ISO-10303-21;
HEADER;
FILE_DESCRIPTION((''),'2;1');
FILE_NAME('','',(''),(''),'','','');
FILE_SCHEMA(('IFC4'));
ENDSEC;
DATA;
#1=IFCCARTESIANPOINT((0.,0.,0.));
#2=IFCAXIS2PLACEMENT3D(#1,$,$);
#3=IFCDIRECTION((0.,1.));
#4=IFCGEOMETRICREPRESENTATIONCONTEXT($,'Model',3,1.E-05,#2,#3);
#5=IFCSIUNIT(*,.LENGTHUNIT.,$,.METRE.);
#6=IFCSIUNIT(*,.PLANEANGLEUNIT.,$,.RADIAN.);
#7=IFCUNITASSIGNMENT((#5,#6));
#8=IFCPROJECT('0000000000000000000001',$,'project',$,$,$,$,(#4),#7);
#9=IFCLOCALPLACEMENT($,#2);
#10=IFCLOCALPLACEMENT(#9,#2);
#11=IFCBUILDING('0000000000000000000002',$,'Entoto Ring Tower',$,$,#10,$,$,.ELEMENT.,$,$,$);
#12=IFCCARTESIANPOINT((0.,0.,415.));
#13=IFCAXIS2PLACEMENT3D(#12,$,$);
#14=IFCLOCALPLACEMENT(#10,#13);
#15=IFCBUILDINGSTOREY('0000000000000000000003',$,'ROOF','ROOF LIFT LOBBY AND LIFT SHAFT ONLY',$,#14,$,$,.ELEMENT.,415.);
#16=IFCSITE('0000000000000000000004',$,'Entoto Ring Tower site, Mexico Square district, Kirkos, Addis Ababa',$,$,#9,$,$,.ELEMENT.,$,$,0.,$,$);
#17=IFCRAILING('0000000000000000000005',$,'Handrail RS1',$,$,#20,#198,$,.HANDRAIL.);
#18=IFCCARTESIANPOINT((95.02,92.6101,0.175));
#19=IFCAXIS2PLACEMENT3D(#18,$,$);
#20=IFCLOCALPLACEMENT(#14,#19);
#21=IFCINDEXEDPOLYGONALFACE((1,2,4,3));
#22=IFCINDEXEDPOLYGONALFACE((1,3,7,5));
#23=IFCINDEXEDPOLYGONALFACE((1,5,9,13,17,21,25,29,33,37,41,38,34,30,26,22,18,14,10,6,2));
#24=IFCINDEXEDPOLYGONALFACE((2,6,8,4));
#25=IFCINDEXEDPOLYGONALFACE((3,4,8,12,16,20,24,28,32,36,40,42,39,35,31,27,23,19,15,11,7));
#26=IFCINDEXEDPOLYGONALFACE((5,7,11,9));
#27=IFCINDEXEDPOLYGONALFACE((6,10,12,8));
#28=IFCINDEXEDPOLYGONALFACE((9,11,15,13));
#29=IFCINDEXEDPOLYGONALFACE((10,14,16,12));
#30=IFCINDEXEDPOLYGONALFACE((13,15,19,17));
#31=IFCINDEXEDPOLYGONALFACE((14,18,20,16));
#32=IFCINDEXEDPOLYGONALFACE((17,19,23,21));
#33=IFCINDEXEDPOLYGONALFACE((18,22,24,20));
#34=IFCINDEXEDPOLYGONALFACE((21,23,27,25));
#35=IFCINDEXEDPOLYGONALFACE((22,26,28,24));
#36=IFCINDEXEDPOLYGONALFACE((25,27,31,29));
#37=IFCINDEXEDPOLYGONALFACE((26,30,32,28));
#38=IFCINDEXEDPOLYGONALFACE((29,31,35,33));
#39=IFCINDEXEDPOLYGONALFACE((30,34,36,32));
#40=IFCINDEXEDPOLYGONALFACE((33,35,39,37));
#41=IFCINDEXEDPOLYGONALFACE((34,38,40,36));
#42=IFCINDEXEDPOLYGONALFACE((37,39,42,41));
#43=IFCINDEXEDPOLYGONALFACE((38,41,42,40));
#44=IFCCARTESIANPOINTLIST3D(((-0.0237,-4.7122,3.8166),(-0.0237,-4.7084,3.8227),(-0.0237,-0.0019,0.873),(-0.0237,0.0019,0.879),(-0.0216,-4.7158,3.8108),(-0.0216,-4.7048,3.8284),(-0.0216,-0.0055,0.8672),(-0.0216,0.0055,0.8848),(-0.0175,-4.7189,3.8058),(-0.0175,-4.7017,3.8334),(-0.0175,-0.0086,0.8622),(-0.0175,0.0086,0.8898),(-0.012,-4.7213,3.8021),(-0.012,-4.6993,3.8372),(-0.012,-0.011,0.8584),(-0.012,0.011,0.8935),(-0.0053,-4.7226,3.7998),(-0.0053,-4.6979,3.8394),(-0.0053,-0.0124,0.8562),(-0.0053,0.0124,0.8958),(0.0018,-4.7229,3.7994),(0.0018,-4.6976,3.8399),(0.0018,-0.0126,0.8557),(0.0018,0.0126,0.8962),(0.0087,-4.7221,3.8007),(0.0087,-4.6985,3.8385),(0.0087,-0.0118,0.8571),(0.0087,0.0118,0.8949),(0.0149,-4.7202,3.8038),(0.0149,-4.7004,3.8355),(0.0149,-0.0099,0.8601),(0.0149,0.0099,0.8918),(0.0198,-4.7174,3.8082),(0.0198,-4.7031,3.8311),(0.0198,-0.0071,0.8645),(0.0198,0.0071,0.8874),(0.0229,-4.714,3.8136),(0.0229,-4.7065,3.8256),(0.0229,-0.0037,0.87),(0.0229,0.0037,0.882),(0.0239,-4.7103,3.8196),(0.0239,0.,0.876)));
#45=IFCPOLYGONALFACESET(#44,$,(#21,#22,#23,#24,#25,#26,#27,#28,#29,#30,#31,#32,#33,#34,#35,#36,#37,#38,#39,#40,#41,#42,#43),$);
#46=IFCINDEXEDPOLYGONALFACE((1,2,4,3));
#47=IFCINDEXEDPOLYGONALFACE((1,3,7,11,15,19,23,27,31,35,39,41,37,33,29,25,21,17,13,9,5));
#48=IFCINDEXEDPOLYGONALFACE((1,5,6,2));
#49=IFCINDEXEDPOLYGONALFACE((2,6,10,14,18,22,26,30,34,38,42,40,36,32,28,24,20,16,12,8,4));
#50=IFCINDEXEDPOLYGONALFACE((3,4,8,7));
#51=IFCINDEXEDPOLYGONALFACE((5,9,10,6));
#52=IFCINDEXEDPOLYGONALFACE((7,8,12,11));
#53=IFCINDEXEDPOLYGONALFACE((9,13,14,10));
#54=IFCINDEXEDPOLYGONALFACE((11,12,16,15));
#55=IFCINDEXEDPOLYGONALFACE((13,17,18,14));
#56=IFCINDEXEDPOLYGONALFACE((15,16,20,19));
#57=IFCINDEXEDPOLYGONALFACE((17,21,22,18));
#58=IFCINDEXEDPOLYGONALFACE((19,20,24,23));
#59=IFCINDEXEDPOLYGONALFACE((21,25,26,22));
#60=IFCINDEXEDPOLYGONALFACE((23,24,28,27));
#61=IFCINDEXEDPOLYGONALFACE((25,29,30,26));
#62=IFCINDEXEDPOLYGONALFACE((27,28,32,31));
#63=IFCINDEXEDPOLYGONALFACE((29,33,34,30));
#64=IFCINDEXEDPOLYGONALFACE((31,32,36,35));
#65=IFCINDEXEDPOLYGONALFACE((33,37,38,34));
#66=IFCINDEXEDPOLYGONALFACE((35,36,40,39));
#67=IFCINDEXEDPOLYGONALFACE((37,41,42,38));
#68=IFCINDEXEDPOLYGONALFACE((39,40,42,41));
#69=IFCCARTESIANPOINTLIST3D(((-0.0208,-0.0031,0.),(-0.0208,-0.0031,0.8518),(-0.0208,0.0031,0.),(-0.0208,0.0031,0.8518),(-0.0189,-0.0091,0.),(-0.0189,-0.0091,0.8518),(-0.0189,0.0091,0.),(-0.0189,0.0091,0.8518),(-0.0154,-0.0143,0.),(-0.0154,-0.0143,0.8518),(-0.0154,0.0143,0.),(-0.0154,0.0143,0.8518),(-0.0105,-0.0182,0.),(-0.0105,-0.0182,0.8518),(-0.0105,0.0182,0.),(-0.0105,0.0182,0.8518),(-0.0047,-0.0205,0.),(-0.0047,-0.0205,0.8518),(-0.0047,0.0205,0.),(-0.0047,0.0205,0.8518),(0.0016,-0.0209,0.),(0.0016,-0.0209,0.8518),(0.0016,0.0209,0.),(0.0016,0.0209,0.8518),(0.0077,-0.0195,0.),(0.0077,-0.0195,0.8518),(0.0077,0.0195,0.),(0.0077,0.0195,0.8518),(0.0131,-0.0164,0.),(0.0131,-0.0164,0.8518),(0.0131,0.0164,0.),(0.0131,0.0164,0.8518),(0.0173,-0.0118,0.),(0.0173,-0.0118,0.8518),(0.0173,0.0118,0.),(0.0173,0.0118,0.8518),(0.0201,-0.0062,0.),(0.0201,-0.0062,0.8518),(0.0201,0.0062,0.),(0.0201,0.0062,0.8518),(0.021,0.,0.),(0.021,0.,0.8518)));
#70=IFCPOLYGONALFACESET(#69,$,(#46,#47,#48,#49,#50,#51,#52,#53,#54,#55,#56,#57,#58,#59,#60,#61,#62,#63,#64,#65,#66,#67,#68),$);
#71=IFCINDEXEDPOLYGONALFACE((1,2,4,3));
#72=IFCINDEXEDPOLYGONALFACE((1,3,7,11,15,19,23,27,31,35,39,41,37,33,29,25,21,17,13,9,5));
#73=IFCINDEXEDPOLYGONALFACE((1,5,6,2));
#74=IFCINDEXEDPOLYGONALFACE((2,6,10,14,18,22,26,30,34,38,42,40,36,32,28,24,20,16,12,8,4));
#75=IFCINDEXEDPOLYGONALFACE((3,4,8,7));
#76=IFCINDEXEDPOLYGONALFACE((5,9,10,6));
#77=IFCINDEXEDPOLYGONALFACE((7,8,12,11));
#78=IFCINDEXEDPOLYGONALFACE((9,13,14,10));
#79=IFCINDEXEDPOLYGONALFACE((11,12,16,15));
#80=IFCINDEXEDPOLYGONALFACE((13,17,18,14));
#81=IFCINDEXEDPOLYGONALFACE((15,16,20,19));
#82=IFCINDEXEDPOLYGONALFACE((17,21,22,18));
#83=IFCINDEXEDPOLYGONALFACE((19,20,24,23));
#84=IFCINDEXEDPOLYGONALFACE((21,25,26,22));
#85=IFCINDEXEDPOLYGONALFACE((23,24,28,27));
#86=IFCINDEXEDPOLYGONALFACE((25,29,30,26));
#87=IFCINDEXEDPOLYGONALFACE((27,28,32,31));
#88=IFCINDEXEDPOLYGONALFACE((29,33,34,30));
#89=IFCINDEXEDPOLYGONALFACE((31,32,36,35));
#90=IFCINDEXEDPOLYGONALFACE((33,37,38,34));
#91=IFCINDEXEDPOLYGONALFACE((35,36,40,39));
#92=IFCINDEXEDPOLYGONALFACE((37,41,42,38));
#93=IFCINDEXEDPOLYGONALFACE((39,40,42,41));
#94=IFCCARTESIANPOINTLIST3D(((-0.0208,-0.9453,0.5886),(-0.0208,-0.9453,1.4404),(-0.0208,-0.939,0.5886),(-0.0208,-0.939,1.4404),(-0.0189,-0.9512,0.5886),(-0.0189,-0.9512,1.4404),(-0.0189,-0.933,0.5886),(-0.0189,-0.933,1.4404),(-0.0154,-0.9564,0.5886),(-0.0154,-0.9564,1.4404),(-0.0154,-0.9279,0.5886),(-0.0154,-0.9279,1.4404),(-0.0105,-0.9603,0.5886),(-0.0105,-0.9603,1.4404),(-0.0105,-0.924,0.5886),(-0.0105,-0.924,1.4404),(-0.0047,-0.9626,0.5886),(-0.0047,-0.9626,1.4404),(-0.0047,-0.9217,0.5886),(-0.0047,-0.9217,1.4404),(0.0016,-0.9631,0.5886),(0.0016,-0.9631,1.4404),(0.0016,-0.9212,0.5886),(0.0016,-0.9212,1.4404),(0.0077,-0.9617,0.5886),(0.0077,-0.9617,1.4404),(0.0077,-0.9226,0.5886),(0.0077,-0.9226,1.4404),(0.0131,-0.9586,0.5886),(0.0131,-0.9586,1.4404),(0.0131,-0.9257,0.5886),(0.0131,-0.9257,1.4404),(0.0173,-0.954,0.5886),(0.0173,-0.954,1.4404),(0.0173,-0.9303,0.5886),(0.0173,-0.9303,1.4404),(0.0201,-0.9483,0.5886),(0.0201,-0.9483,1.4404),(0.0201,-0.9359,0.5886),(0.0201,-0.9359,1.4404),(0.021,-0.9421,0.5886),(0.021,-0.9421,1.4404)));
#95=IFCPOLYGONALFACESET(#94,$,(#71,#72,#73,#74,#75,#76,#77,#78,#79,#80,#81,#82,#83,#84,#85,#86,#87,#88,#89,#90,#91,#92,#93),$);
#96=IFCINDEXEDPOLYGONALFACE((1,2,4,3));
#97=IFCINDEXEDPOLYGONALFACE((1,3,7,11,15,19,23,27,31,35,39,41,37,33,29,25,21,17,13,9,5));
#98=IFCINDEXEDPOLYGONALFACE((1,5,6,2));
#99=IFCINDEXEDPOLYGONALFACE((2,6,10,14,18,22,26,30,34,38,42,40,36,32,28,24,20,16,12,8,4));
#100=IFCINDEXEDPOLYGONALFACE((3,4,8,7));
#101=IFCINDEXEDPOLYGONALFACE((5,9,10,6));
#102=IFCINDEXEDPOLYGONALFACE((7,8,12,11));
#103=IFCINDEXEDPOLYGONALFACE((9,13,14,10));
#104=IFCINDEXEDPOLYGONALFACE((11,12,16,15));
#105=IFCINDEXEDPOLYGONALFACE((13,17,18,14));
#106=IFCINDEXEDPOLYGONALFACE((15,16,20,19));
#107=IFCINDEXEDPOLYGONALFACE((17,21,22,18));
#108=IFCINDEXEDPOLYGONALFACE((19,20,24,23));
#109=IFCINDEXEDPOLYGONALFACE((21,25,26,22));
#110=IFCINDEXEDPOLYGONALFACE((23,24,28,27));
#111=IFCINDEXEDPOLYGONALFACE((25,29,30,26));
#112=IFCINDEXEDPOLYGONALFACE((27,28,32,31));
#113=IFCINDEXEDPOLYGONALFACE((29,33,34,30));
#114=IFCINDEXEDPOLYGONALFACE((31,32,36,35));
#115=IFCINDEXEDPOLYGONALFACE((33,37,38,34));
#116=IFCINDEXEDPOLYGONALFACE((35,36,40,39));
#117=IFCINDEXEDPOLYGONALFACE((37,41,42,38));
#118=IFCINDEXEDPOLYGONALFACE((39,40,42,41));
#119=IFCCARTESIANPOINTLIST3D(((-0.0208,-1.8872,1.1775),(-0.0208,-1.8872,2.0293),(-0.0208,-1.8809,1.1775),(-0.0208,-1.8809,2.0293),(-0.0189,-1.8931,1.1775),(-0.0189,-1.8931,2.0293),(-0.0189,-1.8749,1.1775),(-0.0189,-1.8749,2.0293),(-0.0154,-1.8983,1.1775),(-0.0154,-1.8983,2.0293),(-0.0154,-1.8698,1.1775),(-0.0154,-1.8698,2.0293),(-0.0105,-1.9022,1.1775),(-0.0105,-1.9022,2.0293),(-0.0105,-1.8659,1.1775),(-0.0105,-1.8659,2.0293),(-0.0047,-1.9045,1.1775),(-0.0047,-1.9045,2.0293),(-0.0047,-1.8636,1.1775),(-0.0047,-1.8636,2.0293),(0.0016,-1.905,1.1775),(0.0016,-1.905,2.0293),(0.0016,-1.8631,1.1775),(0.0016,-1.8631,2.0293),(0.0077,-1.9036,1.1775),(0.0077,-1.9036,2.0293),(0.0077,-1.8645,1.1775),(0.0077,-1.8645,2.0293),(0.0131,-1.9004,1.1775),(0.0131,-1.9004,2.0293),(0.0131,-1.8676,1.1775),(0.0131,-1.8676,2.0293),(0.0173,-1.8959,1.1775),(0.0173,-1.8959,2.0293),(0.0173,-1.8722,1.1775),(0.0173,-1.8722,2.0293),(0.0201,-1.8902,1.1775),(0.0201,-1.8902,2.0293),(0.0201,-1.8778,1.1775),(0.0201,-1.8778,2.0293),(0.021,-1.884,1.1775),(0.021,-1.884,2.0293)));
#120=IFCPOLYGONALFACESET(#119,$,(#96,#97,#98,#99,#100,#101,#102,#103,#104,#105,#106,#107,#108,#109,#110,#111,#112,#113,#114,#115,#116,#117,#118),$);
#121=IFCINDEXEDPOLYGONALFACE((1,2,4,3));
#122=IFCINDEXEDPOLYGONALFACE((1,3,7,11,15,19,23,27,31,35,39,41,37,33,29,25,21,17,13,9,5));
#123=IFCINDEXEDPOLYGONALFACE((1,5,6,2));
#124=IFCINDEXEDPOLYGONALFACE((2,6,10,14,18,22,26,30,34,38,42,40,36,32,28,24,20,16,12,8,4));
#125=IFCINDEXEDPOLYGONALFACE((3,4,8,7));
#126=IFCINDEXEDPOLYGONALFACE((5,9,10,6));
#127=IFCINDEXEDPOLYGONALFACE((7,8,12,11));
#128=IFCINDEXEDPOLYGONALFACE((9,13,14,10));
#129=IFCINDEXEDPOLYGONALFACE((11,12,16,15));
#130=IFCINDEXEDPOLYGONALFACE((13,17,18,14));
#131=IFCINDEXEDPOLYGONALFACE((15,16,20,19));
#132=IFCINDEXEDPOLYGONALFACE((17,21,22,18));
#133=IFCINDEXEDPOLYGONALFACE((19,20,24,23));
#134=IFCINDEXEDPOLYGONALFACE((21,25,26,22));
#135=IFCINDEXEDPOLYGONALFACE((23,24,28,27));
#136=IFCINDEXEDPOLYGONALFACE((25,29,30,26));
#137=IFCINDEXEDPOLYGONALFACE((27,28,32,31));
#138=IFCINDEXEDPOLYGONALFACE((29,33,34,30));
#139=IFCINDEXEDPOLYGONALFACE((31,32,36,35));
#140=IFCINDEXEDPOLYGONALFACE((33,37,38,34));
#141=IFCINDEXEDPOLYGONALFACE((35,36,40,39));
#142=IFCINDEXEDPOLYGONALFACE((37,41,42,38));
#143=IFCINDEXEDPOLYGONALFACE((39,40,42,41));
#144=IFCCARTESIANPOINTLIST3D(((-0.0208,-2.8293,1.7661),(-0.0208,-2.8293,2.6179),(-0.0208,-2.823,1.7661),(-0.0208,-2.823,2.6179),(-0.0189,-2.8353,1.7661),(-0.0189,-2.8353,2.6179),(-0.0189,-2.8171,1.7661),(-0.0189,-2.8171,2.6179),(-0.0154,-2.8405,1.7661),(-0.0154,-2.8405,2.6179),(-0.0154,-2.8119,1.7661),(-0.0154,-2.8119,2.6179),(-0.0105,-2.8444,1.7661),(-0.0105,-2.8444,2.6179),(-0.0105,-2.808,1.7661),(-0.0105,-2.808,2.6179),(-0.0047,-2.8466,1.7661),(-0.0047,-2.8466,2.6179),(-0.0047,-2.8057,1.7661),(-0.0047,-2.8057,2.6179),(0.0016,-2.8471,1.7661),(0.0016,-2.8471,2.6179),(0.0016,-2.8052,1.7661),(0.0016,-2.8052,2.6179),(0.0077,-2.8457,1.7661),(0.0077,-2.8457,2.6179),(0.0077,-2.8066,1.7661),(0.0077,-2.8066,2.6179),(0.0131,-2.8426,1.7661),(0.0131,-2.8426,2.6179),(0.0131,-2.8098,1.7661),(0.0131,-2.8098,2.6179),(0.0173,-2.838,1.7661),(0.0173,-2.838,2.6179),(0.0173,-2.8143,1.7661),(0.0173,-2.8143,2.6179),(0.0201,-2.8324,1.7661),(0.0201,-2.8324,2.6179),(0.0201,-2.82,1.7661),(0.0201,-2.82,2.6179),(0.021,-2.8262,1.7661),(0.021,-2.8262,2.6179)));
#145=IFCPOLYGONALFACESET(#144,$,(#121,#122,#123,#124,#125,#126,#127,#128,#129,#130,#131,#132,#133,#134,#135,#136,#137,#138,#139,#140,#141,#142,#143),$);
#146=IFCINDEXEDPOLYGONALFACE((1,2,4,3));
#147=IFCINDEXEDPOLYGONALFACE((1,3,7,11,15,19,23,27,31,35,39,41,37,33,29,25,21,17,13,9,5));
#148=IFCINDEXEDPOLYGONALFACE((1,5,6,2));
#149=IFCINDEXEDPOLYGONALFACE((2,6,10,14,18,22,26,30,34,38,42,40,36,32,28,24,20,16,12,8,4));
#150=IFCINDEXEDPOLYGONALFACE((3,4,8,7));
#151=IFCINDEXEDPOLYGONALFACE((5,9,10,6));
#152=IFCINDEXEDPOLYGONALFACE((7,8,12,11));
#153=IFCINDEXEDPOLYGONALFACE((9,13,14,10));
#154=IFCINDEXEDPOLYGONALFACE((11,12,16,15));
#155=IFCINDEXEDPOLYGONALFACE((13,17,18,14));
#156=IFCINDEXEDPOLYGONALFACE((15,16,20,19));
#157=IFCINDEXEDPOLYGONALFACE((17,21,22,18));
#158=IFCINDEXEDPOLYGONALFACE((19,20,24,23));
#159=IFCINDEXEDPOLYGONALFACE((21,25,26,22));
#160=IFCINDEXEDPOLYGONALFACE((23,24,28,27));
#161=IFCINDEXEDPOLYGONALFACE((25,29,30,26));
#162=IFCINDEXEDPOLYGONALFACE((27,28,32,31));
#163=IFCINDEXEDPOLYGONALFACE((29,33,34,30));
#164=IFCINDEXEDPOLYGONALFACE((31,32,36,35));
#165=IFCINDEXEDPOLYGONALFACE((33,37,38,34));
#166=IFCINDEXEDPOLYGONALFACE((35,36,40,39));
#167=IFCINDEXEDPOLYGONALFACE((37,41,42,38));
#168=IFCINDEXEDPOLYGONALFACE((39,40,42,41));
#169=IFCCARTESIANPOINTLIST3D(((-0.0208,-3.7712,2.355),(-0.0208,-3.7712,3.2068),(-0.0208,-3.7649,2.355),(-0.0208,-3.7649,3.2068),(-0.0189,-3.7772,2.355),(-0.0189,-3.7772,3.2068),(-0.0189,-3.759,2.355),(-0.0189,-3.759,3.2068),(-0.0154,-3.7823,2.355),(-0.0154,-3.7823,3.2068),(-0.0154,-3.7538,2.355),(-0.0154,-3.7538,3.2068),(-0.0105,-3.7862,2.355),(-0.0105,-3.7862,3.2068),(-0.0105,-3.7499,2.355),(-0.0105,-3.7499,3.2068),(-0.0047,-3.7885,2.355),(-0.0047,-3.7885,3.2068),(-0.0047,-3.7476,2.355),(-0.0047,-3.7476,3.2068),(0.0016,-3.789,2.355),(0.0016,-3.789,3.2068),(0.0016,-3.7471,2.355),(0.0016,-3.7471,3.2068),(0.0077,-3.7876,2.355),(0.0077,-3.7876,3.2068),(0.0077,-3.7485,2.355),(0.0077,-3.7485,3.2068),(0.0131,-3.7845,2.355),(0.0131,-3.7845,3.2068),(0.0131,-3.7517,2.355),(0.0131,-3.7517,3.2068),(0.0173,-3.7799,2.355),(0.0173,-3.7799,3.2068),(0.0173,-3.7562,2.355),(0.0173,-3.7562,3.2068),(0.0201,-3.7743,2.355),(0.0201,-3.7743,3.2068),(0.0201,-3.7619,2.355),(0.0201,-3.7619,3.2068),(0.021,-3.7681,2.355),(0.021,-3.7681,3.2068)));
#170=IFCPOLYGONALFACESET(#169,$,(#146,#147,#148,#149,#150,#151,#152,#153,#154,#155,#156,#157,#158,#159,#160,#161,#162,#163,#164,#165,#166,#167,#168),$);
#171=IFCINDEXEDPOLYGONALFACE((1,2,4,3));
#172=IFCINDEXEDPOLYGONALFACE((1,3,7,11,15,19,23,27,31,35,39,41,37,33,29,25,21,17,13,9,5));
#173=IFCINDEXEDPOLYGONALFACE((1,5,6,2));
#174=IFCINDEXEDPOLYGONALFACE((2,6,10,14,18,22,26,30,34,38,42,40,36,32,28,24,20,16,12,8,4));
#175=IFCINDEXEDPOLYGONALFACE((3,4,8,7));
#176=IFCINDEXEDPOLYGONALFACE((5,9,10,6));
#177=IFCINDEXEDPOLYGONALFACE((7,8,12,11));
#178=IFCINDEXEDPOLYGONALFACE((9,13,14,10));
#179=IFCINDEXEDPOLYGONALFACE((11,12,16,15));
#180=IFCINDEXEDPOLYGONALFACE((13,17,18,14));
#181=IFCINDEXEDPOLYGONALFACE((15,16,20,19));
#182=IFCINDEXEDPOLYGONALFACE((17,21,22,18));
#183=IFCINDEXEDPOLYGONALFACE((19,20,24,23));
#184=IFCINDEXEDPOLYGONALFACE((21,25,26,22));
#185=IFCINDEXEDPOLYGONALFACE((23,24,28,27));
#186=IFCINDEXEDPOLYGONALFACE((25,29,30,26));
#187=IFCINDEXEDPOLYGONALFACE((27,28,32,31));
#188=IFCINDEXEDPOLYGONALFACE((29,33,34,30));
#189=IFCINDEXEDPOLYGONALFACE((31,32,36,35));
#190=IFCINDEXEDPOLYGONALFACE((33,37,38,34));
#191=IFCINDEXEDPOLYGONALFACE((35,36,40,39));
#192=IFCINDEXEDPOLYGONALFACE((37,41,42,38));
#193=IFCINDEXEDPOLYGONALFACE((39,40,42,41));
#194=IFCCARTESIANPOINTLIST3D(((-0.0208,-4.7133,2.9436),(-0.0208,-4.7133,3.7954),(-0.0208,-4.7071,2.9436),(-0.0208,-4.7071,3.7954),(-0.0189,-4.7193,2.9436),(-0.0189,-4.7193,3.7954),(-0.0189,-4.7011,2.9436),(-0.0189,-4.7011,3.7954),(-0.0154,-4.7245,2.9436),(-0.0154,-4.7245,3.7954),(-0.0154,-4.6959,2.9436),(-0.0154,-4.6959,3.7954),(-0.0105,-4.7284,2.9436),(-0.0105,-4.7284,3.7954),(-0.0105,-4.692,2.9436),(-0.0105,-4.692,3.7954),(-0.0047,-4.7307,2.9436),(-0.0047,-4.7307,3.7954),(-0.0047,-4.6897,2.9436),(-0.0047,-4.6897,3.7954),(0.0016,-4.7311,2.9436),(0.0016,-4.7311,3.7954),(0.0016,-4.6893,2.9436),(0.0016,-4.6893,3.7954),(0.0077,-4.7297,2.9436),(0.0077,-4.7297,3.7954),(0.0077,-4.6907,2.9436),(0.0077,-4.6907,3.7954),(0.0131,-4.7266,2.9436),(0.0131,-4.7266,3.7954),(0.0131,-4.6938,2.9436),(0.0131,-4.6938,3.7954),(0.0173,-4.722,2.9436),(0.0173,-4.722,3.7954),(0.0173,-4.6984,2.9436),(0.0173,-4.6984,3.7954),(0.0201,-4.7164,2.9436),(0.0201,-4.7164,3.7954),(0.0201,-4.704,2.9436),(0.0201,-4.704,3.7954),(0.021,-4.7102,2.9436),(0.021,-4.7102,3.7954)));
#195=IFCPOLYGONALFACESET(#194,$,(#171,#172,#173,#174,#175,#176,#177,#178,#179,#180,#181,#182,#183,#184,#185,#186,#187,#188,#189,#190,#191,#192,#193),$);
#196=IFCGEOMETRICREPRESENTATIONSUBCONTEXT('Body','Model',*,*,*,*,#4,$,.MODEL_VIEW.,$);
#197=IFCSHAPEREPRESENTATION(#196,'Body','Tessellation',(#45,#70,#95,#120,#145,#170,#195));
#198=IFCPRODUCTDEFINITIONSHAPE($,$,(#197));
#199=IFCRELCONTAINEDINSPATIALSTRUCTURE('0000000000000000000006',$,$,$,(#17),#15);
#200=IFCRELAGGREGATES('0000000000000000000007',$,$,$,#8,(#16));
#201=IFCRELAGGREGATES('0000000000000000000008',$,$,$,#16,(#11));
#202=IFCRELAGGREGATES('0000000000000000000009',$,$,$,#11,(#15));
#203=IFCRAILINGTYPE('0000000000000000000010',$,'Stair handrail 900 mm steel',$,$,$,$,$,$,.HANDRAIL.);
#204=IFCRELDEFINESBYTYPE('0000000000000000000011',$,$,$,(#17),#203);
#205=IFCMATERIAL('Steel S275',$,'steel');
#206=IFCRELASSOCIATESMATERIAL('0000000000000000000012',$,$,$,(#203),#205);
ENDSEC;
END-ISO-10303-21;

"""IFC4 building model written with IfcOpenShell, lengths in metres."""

from ifc_helpers import new_model, si_unit, direction, frame, origin, origin_2d, place, context, subcontext, project, spatial, circle, extrude, material, type_object, element, save


model = new_model("IFC4")

# Units and contexts
model_context = context("Model", 3, precision=1e-05, world=origin(), true_north=direction((0.0, 1.0)))
body_context = subcontext(model_context, "Body", "Model", "MODEL_VIEW")
ifc_project = project(units=[si_unit("LENGTHUNIT", "METRE"), si_unit("PLANEANGLEUNIT", "RADIAN")], contexts=[model_context])

# Site, building, storey
site_placement = place(None, origin())
site = spatial("IfcSite", under=ifc_project, at=site_placement, Name="Entoto Ring Tower site, Mexico Square district, Kirkos, Addis Ababa", CompositionType="ELEMENT", RefElevation=0.0)
building_placement = place(site_placement, origin())
building = spatial("IfcBuilding", under=site, at=building_placement, Name="Entoto Ring Tower", CompositionType="ELEMENT")
storey_placement = place(building_placement, frame((0.0, 0.0, 415.0)))
storey = spatial("IfcBuildingStorey", under=building, at=storey_placement, Name="ROOF", Description="ROOF LIFT LOBBY AND LIFT SHAFT ONLY", CompositionType="ELEMENT", Elevation=415.0)

# Railing
ifc_material_1 = material(Name="Steel S275", Category="steel")
railing_type_1 = type_object("IfcRailingType", Name="Stair handrail 900 mm steel", PredefinedType="HANDRAIL", material=ifc_material_1)
for number, where, name in (
    (1, (95.02, 92.6101, 0.175), "Handrail RS1"),
):
    element("IfcRailing", number, at=place(storey_placement, frame(where)), inside=storey, type_object=railing_type_1, Name=name, PredefinedType="HANDRAIL", context=body_context, shape_type="SweptSolid", body=[
        extrude(circle(Radius=0.0239, at=origin_2d()), frame((0.0, 0.0, 0.876), z_axis=(0.0, -0.848021, 0.529963), x_axis=(1.0, 0.0, 0.0)), (0.0, 0.0, 1.0), 5.5544),
        extrude(circle(Radius=0.021, at=origin_2d()), origin(), (0.0, 0.0, 1.0), 0.8518),
        extrude(circle(Radius=0.021, at=origin_2d()), frame((0.0, -0.9421, 0.5886)), (0.0, 0.0, 1.0), 0.8518),
        extrude(circle(Radius=0.021, at=origin_2d()), frame((0.0, -1.884, 1.1775)), (0.0, 0.0, 1.0), 0.8518),
        extrude(circle(Radius=0.021, at=origin_2d()), frame((0.0, -2.8262, 1.7661)), (0.0, 0.0, 1.0), 0.8518),
        extrude(circle(Radius=0.021, at=origin_2d()), frame((0.0, -3.7681, 2.355)), (0.0, 0.0, 1.0), 0.8518),
        extrude(circle(Radius=0.021, at=origin_2d()), frame((0.0, -4.7102, 2.9436)), (0.0, 0.0, 1.0), 0.8518),
    ])

save(model, "model.ifc")
